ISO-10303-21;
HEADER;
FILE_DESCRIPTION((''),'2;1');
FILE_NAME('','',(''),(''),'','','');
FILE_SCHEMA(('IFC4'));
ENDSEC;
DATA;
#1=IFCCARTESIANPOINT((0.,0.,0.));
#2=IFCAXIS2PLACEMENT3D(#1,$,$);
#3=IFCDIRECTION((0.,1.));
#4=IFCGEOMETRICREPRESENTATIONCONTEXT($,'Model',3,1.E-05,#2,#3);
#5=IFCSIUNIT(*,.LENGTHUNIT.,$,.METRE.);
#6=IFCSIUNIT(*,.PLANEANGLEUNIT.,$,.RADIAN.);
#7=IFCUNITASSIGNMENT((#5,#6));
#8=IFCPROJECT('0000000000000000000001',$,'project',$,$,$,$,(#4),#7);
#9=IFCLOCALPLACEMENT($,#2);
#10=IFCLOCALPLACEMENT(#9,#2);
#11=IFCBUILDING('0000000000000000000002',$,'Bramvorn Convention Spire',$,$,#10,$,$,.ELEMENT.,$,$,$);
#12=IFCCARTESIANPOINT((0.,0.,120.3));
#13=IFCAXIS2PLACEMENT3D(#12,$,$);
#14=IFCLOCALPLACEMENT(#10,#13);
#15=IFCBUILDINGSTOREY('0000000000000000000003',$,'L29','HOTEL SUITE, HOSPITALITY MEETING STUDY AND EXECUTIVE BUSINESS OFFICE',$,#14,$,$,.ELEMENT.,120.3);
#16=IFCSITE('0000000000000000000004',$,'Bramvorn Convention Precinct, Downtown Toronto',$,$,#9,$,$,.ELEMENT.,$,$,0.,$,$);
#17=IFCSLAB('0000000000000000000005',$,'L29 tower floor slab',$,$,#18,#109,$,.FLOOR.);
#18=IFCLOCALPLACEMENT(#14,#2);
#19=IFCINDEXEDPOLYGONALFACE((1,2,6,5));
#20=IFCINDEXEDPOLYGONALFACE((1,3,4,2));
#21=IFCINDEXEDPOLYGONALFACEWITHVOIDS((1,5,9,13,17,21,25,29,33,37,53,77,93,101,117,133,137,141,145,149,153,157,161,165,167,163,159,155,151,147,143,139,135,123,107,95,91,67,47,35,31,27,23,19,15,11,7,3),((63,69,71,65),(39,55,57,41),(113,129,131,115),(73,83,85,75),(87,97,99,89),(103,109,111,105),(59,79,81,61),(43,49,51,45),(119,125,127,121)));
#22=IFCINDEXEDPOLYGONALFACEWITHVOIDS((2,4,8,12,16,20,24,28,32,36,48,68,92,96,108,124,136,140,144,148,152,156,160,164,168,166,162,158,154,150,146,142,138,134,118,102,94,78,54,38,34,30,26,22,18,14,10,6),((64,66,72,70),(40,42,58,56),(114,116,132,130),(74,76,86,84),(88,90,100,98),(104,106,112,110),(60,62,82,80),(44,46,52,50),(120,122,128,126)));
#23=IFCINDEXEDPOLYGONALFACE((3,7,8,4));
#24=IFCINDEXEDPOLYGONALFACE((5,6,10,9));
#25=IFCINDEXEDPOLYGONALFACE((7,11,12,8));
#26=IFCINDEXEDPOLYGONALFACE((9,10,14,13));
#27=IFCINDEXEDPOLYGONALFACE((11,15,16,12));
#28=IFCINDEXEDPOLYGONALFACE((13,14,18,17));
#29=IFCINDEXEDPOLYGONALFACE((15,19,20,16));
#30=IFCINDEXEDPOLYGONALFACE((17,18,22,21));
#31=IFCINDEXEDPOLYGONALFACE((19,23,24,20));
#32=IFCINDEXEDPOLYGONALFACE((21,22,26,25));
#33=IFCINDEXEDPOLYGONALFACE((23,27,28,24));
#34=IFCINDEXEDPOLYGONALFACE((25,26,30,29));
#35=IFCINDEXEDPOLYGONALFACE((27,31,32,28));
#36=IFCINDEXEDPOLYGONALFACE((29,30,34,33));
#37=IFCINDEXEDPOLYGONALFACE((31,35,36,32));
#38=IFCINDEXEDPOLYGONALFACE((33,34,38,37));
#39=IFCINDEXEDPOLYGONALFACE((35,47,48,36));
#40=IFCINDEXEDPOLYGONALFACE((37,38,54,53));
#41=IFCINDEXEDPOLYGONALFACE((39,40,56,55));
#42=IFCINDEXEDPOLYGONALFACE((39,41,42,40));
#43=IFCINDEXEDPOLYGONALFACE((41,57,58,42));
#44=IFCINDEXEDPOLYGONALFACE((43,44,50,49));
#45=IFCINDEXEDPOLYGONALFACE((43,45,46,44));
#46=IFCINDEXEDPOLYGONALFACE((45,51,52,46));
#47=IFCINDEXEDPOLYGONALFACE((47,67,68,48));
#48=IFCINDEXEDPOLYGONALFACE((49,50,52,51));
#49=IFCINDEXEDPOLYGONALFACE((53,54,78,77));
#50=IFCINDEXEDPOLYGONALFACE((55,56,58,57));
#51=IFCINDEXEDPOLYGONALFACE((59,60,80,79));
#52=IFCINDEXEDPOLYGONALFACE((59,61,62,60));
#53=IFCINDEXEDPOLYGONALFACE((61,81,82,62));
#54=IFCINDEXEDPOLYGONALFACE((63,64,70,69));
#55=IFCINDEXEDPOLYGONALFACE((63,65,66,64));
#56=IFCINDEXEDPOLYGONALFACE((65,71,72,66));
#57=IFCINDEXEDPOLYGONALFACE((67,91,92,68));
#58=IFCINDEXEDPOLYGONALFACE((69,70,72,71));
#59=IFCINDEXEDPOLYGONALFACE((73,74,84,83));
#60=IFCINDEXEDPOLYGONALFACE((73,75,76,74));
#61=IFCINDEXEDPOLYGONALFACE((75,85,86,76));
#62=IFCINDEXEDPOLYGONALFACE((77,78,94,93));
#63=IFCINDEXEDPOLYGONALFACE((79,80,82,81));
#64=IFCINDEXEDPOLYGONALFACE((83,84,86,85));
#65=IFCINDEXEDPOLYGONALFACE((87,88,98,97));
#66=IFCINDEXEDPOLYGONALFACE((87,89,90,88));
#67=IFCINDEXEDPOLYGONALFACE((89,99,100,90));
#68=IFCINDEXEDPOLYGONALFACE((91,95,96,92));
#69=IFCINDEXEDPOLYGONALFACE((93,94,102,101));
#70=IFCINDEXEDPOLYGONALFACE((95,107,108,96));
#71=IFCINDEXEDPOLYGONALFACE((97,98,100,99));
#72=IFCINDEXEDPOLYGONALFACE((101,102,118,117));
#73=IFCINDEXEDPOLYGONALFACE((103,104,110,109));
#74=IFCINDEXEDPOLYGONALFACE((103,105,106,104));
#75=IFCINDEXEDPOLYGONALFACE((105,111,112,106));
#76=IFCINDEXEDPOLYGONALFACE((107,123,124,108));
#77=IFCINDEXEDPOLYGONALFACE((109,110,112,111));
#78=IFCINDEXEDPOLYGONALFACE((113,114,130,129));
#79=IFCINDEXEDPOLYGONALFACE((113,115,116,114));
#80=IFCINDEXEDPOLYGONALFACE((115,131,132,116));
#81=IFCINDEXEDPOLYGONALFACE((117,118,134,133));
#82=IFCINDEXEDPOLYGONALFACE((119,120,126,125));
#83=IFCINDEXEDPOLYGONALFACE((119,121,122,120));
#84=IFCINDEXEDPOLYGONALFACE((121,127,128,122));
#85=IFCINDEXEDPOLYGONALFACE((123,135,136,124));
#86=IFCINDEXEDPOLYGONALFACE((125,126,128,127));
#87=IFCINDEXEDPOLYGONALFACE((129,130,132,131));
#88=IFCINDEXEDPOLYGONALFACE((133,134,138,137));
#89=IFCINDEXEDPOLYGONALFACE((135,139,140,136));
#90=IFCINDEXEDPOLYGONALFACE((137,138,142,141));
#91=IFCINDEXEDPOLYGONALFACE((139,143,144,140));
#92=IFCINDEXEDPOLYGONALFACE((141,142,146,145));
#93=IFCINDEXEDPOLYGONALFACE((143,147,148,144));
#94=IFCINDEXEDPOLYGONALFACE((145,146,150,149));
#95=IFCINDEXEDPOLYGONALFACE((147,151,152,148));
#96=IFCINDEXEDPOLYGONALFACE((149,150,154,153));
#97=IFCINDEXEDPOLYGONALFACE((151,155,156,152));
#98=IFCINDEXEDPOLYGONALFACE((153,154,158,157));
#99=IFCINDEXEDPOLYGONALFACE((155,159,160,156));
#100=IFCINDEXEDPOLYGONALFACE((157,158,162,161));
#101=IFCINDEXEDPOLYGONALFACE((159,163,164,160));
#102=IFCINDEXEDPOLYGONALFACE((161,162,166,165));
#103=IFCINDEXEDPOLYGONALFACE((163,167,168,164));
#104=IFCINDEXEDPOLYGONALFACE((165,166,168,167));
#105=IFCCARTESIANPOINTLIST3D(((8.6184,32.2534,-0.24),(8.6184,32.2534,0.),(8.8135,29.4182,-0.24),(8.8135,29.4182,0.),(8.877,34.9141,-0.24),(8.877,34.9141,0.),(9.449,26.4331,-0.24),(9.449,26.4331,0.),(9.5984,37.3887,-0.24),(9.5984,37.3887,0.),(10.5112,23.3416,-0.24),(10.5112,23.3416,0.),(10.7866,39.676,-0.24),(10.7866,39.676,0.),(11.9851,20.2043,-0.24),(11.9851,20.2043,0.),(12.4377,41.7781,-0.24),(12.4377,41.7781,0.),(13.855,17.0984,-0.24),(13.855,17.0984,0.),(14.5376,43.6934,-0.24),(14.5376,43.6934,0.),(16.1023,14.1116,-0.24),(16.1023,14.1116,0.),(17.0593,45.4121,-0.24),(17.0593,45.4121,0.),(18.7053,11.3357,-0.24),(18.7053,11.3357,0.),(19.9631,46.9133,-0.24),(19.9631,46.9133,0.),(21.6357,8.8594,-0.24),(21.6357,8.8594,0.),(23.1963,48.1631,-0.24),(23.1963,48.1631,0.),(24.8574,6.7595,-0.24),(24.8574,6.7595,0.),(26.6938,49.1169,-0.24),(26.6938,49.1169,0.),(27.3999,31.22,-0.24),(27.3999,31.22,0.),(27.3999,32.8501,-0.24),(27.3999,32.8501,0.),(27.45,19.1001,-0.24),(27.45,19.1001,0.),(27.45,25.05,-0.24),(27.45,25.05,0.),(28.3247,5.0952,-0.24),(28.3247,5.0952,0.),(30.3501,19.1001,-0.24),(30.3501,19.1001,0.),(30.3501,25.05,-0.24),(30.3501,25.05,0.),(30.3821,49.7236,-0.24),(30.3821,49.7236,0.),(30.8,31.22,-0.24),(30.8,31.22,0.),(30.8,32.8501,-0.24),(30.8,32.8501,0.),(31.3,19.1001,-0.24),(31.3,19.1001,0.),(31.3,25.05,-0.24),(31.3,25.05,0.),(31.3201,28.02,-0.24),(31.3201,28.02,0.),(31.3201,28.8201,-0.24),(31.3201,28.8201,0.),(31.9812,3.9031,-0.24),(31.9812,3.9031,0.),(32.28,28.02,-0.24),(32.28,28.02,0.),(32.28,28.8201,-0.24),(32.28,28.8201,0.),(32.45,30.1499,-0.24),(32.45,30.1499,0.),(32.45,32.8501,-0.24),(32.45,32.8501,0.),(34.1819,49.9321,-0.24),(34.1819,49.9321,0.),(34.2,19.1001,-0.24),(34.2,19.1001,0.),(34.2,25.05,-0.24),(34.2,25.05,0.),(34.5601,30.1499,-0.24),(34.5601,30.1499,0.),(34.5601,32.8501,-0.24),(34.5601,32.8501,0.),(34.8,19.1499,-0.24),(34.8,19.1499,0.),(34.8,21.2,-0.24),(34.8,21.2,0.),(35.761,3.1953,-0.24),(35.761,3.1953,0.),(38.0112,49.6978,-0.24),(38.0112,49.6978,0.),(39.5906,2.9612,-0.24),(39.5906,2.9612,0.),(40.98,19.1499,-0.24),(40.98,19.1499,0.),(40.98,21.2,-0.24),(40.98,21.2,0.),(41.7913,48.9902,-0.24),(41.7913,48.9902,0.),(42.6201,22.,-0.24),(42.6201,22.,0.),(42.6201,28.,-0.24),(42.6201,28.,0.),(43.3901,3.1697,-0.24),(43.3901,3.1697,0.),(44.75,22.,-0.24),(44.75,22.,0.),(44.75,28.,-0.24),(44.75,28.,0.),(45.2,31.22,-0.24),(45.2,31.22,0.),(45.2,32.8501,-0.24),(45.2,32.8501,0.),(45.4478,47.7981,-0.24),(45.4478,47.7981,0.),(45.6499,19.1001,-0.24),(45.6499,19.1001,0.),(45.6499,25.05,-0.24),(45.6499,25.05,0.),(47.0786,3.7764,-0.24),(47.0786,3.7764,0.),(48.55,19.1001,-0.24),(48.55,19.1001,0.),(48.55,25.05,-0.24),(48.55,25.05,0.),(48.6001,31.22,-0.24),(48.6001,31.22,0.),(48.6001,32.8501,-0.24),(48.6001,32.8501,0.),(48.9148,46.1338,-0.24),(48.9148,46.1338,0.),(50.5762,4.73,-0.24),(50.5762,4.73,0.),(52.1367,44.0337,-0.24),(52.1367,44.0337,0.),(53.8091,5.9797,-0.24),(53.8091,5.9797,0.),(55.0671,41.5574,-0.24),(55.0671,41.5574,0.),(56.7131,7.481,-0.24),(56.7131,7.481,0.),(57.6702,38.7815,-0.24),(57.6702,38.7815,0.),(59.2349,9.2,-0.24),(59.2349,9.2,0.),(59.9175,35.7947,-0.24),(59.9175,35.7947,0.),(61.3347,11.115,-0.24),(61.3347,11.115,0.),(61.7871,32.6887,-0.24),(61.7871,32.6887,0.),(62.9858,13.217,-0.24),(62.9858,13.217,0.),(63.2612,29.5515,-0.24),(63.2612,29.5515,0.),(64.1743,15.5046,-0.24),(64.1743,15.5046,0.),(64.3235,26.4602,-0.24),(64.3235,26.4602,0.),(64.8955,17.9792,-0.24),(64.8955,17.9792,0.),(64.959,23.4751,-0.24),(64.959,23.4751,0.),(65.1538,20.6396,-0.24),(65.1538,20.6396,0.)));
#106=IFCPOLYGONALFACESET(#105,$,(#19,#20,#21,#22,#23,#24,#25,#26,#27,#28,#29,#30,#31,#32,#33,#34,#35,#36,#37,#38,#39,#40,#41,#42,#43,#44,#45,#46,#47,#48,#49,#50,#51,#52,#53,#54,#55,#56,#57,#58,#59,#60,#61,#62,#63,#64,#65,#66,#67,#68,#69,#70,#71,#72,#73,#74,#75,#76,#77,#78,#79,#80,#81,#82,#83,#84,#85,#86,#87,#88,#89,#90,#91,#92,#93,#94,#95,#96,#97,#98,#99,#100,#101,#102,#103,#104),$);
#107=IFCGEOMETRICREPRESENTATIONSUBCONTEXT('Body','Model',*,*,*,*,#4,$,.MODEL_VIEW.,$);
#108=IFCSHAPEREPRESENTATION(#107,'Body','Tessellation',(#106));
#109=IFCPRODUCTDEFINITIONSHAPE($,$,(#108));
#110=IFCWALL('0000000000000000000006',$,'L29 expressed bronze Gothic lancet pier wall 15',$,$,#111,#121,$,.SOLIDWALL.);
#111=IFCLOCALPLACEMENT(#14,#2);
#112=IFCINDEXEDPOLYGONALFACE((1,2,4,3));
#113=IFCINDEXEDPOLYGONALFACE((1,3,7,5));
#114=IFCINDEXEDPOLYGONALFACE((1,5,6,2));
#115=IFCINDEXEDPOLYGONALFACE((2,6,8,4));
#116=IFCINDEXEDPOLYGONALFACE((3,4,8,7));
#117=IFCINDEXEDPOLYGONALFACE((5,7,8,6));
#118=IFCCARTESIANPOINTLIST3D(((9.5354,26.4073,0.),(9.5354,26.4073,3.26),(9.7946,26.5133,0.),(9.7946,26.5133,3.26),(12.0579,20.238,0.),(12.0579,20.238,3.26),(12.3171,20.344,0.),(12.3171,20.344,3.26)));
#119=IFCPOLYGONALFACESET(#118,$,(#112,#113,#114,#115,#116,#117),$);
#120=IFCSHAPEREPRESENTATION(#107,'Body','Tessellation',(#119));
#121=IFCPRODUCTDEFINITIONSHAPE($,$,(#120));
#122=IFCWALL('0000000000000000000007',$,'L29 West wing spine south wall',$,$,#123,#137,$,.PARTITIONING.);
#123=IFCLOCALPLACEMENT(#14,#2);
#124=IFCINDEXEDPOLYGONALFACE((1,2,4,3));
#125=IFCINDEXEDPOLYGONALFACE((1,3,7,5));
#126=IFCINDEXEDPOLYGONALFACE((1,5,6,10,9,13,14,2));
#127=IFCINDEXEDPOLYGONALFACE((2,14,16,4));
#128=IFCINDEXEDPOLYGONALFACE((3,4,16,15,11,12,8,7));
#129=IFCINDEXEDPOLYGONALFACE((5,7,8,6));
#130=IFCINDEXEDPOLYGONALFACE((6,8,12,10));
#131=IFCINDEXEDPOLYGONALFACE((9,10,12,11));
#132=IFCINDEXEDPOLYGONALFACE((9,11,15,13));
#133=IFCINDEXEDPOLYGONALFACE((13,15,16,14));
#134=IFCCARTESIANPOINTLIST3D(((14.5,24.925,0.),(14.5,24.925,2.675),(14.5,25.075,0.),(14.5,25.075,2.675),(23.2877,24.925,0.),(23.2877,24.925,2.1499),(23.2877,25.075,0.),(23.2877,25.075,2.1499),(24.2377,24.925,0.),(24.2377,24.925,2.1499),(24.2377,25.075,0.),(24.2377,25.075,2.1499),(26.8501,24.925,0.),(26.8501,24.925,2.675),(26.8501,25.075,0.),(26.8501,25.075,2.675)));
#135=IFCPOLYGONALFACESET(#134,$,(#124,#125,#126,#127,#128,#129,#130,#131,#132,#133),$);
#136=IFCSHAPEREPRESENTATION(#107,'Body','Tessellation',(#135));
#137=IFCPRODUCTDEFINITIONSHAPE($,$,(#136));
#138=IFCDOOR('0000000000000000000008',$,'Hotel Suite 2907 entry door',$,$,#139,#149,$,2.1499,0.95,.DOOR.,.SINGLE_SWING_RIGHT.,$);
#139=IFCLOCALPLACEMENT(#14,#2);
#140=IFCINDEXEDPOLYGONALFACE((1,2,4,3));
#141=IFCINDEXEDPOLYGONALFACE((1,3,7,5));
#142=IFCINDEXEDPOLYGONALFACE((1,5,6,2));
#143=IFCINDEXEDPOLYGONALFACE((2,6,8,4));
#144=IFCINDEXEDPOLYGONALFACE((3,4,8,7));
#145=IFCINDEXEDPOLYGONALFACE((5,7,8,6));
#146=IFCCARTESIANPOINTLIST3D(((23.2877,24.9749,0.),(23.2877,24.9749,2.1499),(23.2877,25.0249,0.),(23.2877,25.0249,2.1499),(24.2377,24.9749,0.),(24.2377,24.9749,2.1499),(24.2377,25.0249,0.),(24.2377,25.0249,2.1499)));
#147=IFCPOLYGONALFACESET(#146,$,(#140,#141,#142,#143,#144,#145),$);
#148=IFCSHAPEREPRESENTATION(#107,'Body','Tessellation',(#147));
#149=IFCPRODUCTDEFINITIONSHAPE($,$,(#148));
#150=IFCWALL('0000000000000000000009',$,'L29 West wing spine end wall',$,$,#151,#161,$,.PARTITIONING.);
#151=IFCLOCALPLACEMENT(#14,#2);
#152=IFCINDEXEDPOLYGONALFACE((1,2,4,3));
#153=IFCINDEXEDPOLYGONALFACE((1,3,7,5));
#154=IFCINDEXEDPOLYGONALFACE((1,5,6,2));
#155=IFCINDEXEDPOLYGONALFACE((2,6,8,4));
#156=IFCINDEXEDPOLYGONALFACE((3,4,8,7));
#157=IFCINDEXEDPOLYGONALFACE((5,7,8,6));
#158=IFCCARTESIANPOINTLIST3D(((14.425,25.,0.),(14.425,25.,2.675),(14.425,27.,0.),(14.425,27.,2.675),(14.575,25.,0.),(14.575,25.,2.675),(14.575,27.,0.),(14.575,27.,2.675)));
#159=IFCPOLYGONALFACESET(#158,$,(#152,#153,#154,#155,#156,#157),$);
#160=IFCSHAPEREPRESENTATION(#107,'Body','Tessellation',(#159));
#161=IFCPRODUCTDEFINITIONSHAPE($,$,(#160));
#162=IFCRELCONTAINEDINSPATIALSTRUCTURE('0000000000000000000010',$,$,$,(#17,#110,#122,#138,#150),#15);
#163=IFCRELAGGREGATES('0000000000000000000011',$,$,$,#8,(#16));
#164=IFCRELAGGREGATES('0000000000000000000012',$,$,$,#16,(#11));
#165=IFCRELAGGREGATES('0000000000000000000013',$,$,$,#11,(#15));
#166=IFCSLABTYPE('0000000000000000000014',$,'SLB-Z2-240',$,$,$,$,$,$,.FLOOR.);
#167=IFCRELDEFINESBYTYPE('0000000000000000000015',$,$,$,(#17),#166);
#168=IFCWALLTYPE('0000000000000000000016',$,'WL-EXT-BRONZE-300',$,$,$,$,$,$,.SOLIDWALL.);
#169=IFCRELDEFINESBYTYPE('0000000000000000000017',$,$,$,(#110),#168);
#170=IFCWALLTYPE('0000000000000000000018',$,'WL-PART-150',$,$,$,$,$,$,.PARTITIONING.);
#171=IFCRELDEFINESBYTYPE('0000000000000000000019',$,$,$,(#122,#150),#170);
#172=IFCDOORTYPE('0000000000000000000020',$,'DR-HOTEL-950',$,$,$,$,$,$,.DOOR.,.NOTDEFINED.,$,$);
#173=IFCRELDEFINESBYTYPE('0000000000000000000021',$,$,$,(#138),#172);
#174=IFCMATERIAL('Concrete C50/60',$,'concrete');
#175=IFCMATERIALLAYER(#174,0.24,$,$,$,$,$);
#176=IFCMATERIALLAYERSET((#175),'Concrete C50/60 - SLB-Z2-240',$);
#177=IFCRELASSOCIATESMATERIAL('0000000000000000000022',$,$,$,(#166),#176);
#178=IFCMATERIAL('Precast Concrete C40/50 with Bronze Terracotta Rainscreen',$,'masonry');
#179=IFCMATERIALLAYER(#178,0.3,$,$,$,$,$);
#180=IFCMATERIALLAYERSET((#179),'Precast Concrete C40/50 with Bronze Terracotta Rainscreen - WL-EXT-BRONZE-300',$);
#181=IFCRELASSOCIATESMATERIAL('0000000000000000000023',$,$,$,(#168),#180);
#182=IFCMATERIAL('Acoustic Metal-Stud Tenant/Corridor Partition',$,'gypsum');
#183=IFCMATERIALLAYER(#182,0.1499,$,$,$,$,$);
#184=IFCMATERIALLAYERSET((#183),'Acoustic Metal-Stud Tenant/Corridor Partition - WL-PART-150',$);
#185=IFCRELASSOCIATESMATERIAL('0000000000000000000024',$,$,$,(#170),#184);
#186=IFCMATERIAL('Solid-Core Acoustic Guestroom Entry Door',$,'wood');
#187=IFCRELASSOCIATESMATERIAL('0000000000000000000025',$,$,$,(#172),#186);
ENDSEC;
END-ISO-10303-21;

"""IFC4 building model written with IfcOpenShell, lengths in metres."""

from ifc_helpers import new_model, si_unit, direction, frame, frame_2d, origin, place, context, subcontext, project, spatial, polyline, rectangle, outline, extrude, material, layer, layer_set, type_object, element, fill, save


model = new_model("IFC4")

# Units and contexts
model_context = context("Model", 3, precision=1e-05, world=origin(), true_north=direction((0.0, 1.0)))
body_context = subcontext(model_context, "Body", "Model", "MODEL_VIEW")
ifc_project = project(units=[si_unit("LENGTHUNIT", "METRE"), si_unit("PLANEANGLEUNIT", "RADIAN")], contexts=[model_context])

# Site, building, storey
site_placement = place(None, origin())
site = spatial("IfcSite", under=ifc_project, at=site_placement, Name="Bramvorn Convention Precinct, Downtown Toronto", CompositionType="ELEMENT", RefElevation=0.0)
building_placement = place(site_placement, origin())
building = spatial("IfcBuilding", under=site, at=building_placement, Name="Bramvorn Convention Spire", CompositionType="ELEMENT")
storey_placement = place(building_placement, frame((0.0, 0.0, 120.3)))
storey = spatial("IfcBuildingStorey", under=building, at=storey_placement, Name="L29", Description="HOTEL SUITE, HOSPITALITY MEETING STUDY AND EXECUTIVE BUSINESS OFFICE", CompositionType="ELEMENT", Elevation=120.3)

# Slab
ifc_material_1 = material(Name="Concrete C50/60", Category="concrete")
ifc_layer_1 = layer(ifc_material_1, 0.24)
ifc_layer_set_1 = layer_set([ifc_layer_1], Name="Concrete C50/60 - SLB-Z2-240")
slab_type_1 = type_object("IfcSlabType", Name="SLB-Z2-240", PredefinedType="FLOOR", material=ifc_layer_set_1)
slab_1_placement = place(storey_placement, frame((0.0, 0.0, -0.24)))
element("IfcSlab", 1, at=slab_1_placement, inside=storey, type_object=slab_type_1, Name="L29 tower floor slab", PredefinedType="FLOOR", context=body_context, shape_type="SweptSolid", body=[
    extrude(outline(polyline([(64.1743, 15.5046), (64.8955, 17.9792), (65.1538, 20.6396), (64.959, 23.4751), (64.3235, 26.4602), (63.2612, 29.5515), (61.7871, 32.6887), (59.9175, 35.7947), (57.6702, 38.7815), (55.0671, 41.5574), (52.1367, 44.0337), (48.9148, 46.1338), (45.4478, 47.7981), (41.7913, 48.9902), (38.0112, 49.6978), (34.1819, 49.9321), (30.3821, 49.7236), (26.6938, 49.1169), (23.1963, 48.1631), (19.9631, 46.9133), (17.0593, 45.4121), (14.5376, 43.6934), (12.4377, 41.7781), (10.7866, 39.676), (9.5984, 37.3887), (8.877, 34.9141), (8.6184, 32.2534), (8.8135, 29.4182), (9.449, 26.4331), (10.5112, 23.3416), (11.9851, 20.2043), (13.855, 17.0984), (16.1023, 14.1116), (18.7053, 11.3357), (21.6357, 8.8594), (24.8574, 6.7595), (28.3247, 5.0952), (31.9812, 3.9031), (35.761, 3.1953), (39.5906, 2.9612), (43.3901, 3.1697), (47.0786, 3.7764), (50.5762, 4.73), (53.8091, 5.9797), (56.7131, 7.481), (59.2349, 9.2), (61.3347, 11.115), (62.9858, 13.217), (64.1743, 15.5046)]), holes=[polyline([(27.45, 25.05), (27.45, 19.1001), (30.3501, 19.1001), (30.3501, 25.05), (27.45, 25.05)]), polyline([(45.6499, 25.05), (45.6499, 19.1001), (48.55, 19.1001), (48.55, 25.05), (45.6499, 25.05)]), polyline([(31.3, 25.05), (31.3, 19.1001), (34.2, 19.1001), (34.2, 25.05), (31.3, 25.05)]), polyline([(27.3999, 31.22), (30.8, 31.22), (30.8, 32.8501), (27.3999, 32.8501), (27.3999, 31.22)]), polyline([(45.2, 31.22), (48.6001, 31.22), (48.6001, 32.8501), (45.2, 32.8501), (45.2, 31.22)]), polyline([(32.45, 30.1499), (34.5601, 30.1499), (34.5601, 32.8501), (32.45, 32.8501), (32.45, 30.1499)]), polyline([(34.8, 19.1499), (40.98, 19.1499), (40.98, 21.2), (34.8, 21.2), (34.8, 19.1499)]), polyline([(42.6201, 22.0), (44.75, 22.0), (44.75, 28.0), (42.6201, 28.0), (42.6201, 22.0)]), polyline([(31.3201, 28.02), (32.28, 28.02), (32.28, 28.8201), (31.3201, 28.8201), (31.3201, 28.02)])]), origin(), (0.0, 0.0, 1.0), 0.24),
])

# Wall
ifc_material_2 = material(Name="Precast Concrete C40/50 with Bronze Terracotta Rainscreen", Category="masonry")
ifc_layer_2 = layer(ifc_material_2, 0.3)
ifc_layer_set_2 = layer_set([ifc_layer_2], Name="Precast Concrete C40/50 with Bronze Terracotta Rainscreen - WL-EXT-BRONZE-300")
wall_type_1 = type_object("IfcWallType", Name="WL-EXT-BRONZE-300", PredefinedType="SOLIDWALL", material=ifc_layer_set_2)
wall_1_placement = place(storey_placement, frame((12.1875, 20.291, 0.0), z_axis=(0.0, 0.0, 1.0), x_axis=(-0.378466, 0.925615, 0.0)))
element("IfcWall", 2, at=wall_1_placement, inside=storey, type_object=wall_type_1, Name="L29 expressed bronze Gothic lancet pier wall 15", PredefinedType="SOLIDWALL", context=body_context, shape_type="SweptSolid", body=[
    extrude(rectangle(XDim=6.665, YDim=0.28, at=frame_2d((3.3325, 0.0))), origin(), (0.0, 0.0, 1.0), 3.26),
])

# Wall, opening, door
ifc_material_3 = material(Name="Acoustic Metal-Stud Tenant/Corridor Partition", Category="gypsum")
ifc_layer_3 = layer(ifc_material_3, 0.1499)
ifc_layer_set_3 = layer_set([ifc_layer_3], Name="Acoustic Metal-Stud Tenant/Corridor Partition - WL-PART-150")
wall_type_2 = type_object("IfcWallType", Name="WL-PART-150", PredefinedType="PARTITIONING", material=ifc_layer_set_3)
wall_2_placement = place(storey_placement, frame((14.5, 25.0, 0.0), z_axis=(0.0, 0.0, 1.0), x_axis=(1.0, 0.0, 0.0)))
wall_2 = element("IfcWall", 3, at=wall_2_placement, inside=storey, type_object=wall_type_2, Name="L29 West wing spine south wall", PredefinedType="PARTITIONING", context=body_context, shape_type="SweptSolid", body=[
    extrude(rectangle(XDim=12.3501, YDim=0.1499, at=frame_2d((6.175, 0.0))), origin(), (0.0, 0.0, 1.0), 2.675),
])
opening_placement = place(wall_2_placement, frame((8.7876, 0.0, 0.0)))
opening = element("IfcOpeningElement", 4, at=opening_placement, cuts=wall_2, PredefinedType="OPENING", context=body_context, shape_type="SweptSolid", body=[
    extrude(rectangle(XDim=0.95, YDim=2.1499, at=frame_2d((0.4751, 1.075))), frame((0.0, 0.085, 0.0), z_axis=(0.0, -1.0, 0.0), x_axis=(1.0, 0.0, 0.0)), (0.0, 0.0, 1.0), 0.1699),
])
ifc_material_4 = material(Name="Solid-Core Acoustic Guestroom Entry Door", Category="wood")
door_type = type_object("IfcDoorType", Name="DR-HOTEL-950", OperationType="NOTDEFINED", PredefinedType="DOOR", material=ifc_material_4)
door_placement = place(opening_placement, origin())
door = element("IfcDoor", 5, at=door_placement, inside=storey, type_object=door_type, Name="Hotel Suite 2907 entry door", OperationType="SINGLE_SWING_RIGHT", OverallHeight=2.1499, OverallWidth=0.95, PredefinedType="DOOR", context=body_context, shape_type="SweptSolid", body=[
    extrude(rectangle(XDim=0.95, YDim=2.1499, at=frame_2d((0.4751, 1.075))), frame((0.0, 0.0249, 0.0), z_axis=(0.0, -1.0, 0.0), x_axis=(1.0, 0.0, 0.0)), (0.0, 0.0, 1.0), 0.05),
])
fill(opening, door)

# Wall
wall_3_placement = place(storey_placement, frame((14.5, 25.0, 0.0), z_axis=(0.0, 0.0, 1.0), x_axis=(0.0, 1.0, 0.0)))
element("IfcWall", 6, at=wall_3_placement, inside=storey, type_object=wall_type_2, Name="L29 West wing spine end wall", PredefinedType="PARTITIONING", context=body_context, shape_type="SweptSolid", body=[
    extrude(rectangle(XDim=2.0, YDim=0.1499, at=frame_2d((1.0, 0.0))), origin(), (0.0, 0.0, 1.0), 2.675),
])

save(model, "model.ifc")
